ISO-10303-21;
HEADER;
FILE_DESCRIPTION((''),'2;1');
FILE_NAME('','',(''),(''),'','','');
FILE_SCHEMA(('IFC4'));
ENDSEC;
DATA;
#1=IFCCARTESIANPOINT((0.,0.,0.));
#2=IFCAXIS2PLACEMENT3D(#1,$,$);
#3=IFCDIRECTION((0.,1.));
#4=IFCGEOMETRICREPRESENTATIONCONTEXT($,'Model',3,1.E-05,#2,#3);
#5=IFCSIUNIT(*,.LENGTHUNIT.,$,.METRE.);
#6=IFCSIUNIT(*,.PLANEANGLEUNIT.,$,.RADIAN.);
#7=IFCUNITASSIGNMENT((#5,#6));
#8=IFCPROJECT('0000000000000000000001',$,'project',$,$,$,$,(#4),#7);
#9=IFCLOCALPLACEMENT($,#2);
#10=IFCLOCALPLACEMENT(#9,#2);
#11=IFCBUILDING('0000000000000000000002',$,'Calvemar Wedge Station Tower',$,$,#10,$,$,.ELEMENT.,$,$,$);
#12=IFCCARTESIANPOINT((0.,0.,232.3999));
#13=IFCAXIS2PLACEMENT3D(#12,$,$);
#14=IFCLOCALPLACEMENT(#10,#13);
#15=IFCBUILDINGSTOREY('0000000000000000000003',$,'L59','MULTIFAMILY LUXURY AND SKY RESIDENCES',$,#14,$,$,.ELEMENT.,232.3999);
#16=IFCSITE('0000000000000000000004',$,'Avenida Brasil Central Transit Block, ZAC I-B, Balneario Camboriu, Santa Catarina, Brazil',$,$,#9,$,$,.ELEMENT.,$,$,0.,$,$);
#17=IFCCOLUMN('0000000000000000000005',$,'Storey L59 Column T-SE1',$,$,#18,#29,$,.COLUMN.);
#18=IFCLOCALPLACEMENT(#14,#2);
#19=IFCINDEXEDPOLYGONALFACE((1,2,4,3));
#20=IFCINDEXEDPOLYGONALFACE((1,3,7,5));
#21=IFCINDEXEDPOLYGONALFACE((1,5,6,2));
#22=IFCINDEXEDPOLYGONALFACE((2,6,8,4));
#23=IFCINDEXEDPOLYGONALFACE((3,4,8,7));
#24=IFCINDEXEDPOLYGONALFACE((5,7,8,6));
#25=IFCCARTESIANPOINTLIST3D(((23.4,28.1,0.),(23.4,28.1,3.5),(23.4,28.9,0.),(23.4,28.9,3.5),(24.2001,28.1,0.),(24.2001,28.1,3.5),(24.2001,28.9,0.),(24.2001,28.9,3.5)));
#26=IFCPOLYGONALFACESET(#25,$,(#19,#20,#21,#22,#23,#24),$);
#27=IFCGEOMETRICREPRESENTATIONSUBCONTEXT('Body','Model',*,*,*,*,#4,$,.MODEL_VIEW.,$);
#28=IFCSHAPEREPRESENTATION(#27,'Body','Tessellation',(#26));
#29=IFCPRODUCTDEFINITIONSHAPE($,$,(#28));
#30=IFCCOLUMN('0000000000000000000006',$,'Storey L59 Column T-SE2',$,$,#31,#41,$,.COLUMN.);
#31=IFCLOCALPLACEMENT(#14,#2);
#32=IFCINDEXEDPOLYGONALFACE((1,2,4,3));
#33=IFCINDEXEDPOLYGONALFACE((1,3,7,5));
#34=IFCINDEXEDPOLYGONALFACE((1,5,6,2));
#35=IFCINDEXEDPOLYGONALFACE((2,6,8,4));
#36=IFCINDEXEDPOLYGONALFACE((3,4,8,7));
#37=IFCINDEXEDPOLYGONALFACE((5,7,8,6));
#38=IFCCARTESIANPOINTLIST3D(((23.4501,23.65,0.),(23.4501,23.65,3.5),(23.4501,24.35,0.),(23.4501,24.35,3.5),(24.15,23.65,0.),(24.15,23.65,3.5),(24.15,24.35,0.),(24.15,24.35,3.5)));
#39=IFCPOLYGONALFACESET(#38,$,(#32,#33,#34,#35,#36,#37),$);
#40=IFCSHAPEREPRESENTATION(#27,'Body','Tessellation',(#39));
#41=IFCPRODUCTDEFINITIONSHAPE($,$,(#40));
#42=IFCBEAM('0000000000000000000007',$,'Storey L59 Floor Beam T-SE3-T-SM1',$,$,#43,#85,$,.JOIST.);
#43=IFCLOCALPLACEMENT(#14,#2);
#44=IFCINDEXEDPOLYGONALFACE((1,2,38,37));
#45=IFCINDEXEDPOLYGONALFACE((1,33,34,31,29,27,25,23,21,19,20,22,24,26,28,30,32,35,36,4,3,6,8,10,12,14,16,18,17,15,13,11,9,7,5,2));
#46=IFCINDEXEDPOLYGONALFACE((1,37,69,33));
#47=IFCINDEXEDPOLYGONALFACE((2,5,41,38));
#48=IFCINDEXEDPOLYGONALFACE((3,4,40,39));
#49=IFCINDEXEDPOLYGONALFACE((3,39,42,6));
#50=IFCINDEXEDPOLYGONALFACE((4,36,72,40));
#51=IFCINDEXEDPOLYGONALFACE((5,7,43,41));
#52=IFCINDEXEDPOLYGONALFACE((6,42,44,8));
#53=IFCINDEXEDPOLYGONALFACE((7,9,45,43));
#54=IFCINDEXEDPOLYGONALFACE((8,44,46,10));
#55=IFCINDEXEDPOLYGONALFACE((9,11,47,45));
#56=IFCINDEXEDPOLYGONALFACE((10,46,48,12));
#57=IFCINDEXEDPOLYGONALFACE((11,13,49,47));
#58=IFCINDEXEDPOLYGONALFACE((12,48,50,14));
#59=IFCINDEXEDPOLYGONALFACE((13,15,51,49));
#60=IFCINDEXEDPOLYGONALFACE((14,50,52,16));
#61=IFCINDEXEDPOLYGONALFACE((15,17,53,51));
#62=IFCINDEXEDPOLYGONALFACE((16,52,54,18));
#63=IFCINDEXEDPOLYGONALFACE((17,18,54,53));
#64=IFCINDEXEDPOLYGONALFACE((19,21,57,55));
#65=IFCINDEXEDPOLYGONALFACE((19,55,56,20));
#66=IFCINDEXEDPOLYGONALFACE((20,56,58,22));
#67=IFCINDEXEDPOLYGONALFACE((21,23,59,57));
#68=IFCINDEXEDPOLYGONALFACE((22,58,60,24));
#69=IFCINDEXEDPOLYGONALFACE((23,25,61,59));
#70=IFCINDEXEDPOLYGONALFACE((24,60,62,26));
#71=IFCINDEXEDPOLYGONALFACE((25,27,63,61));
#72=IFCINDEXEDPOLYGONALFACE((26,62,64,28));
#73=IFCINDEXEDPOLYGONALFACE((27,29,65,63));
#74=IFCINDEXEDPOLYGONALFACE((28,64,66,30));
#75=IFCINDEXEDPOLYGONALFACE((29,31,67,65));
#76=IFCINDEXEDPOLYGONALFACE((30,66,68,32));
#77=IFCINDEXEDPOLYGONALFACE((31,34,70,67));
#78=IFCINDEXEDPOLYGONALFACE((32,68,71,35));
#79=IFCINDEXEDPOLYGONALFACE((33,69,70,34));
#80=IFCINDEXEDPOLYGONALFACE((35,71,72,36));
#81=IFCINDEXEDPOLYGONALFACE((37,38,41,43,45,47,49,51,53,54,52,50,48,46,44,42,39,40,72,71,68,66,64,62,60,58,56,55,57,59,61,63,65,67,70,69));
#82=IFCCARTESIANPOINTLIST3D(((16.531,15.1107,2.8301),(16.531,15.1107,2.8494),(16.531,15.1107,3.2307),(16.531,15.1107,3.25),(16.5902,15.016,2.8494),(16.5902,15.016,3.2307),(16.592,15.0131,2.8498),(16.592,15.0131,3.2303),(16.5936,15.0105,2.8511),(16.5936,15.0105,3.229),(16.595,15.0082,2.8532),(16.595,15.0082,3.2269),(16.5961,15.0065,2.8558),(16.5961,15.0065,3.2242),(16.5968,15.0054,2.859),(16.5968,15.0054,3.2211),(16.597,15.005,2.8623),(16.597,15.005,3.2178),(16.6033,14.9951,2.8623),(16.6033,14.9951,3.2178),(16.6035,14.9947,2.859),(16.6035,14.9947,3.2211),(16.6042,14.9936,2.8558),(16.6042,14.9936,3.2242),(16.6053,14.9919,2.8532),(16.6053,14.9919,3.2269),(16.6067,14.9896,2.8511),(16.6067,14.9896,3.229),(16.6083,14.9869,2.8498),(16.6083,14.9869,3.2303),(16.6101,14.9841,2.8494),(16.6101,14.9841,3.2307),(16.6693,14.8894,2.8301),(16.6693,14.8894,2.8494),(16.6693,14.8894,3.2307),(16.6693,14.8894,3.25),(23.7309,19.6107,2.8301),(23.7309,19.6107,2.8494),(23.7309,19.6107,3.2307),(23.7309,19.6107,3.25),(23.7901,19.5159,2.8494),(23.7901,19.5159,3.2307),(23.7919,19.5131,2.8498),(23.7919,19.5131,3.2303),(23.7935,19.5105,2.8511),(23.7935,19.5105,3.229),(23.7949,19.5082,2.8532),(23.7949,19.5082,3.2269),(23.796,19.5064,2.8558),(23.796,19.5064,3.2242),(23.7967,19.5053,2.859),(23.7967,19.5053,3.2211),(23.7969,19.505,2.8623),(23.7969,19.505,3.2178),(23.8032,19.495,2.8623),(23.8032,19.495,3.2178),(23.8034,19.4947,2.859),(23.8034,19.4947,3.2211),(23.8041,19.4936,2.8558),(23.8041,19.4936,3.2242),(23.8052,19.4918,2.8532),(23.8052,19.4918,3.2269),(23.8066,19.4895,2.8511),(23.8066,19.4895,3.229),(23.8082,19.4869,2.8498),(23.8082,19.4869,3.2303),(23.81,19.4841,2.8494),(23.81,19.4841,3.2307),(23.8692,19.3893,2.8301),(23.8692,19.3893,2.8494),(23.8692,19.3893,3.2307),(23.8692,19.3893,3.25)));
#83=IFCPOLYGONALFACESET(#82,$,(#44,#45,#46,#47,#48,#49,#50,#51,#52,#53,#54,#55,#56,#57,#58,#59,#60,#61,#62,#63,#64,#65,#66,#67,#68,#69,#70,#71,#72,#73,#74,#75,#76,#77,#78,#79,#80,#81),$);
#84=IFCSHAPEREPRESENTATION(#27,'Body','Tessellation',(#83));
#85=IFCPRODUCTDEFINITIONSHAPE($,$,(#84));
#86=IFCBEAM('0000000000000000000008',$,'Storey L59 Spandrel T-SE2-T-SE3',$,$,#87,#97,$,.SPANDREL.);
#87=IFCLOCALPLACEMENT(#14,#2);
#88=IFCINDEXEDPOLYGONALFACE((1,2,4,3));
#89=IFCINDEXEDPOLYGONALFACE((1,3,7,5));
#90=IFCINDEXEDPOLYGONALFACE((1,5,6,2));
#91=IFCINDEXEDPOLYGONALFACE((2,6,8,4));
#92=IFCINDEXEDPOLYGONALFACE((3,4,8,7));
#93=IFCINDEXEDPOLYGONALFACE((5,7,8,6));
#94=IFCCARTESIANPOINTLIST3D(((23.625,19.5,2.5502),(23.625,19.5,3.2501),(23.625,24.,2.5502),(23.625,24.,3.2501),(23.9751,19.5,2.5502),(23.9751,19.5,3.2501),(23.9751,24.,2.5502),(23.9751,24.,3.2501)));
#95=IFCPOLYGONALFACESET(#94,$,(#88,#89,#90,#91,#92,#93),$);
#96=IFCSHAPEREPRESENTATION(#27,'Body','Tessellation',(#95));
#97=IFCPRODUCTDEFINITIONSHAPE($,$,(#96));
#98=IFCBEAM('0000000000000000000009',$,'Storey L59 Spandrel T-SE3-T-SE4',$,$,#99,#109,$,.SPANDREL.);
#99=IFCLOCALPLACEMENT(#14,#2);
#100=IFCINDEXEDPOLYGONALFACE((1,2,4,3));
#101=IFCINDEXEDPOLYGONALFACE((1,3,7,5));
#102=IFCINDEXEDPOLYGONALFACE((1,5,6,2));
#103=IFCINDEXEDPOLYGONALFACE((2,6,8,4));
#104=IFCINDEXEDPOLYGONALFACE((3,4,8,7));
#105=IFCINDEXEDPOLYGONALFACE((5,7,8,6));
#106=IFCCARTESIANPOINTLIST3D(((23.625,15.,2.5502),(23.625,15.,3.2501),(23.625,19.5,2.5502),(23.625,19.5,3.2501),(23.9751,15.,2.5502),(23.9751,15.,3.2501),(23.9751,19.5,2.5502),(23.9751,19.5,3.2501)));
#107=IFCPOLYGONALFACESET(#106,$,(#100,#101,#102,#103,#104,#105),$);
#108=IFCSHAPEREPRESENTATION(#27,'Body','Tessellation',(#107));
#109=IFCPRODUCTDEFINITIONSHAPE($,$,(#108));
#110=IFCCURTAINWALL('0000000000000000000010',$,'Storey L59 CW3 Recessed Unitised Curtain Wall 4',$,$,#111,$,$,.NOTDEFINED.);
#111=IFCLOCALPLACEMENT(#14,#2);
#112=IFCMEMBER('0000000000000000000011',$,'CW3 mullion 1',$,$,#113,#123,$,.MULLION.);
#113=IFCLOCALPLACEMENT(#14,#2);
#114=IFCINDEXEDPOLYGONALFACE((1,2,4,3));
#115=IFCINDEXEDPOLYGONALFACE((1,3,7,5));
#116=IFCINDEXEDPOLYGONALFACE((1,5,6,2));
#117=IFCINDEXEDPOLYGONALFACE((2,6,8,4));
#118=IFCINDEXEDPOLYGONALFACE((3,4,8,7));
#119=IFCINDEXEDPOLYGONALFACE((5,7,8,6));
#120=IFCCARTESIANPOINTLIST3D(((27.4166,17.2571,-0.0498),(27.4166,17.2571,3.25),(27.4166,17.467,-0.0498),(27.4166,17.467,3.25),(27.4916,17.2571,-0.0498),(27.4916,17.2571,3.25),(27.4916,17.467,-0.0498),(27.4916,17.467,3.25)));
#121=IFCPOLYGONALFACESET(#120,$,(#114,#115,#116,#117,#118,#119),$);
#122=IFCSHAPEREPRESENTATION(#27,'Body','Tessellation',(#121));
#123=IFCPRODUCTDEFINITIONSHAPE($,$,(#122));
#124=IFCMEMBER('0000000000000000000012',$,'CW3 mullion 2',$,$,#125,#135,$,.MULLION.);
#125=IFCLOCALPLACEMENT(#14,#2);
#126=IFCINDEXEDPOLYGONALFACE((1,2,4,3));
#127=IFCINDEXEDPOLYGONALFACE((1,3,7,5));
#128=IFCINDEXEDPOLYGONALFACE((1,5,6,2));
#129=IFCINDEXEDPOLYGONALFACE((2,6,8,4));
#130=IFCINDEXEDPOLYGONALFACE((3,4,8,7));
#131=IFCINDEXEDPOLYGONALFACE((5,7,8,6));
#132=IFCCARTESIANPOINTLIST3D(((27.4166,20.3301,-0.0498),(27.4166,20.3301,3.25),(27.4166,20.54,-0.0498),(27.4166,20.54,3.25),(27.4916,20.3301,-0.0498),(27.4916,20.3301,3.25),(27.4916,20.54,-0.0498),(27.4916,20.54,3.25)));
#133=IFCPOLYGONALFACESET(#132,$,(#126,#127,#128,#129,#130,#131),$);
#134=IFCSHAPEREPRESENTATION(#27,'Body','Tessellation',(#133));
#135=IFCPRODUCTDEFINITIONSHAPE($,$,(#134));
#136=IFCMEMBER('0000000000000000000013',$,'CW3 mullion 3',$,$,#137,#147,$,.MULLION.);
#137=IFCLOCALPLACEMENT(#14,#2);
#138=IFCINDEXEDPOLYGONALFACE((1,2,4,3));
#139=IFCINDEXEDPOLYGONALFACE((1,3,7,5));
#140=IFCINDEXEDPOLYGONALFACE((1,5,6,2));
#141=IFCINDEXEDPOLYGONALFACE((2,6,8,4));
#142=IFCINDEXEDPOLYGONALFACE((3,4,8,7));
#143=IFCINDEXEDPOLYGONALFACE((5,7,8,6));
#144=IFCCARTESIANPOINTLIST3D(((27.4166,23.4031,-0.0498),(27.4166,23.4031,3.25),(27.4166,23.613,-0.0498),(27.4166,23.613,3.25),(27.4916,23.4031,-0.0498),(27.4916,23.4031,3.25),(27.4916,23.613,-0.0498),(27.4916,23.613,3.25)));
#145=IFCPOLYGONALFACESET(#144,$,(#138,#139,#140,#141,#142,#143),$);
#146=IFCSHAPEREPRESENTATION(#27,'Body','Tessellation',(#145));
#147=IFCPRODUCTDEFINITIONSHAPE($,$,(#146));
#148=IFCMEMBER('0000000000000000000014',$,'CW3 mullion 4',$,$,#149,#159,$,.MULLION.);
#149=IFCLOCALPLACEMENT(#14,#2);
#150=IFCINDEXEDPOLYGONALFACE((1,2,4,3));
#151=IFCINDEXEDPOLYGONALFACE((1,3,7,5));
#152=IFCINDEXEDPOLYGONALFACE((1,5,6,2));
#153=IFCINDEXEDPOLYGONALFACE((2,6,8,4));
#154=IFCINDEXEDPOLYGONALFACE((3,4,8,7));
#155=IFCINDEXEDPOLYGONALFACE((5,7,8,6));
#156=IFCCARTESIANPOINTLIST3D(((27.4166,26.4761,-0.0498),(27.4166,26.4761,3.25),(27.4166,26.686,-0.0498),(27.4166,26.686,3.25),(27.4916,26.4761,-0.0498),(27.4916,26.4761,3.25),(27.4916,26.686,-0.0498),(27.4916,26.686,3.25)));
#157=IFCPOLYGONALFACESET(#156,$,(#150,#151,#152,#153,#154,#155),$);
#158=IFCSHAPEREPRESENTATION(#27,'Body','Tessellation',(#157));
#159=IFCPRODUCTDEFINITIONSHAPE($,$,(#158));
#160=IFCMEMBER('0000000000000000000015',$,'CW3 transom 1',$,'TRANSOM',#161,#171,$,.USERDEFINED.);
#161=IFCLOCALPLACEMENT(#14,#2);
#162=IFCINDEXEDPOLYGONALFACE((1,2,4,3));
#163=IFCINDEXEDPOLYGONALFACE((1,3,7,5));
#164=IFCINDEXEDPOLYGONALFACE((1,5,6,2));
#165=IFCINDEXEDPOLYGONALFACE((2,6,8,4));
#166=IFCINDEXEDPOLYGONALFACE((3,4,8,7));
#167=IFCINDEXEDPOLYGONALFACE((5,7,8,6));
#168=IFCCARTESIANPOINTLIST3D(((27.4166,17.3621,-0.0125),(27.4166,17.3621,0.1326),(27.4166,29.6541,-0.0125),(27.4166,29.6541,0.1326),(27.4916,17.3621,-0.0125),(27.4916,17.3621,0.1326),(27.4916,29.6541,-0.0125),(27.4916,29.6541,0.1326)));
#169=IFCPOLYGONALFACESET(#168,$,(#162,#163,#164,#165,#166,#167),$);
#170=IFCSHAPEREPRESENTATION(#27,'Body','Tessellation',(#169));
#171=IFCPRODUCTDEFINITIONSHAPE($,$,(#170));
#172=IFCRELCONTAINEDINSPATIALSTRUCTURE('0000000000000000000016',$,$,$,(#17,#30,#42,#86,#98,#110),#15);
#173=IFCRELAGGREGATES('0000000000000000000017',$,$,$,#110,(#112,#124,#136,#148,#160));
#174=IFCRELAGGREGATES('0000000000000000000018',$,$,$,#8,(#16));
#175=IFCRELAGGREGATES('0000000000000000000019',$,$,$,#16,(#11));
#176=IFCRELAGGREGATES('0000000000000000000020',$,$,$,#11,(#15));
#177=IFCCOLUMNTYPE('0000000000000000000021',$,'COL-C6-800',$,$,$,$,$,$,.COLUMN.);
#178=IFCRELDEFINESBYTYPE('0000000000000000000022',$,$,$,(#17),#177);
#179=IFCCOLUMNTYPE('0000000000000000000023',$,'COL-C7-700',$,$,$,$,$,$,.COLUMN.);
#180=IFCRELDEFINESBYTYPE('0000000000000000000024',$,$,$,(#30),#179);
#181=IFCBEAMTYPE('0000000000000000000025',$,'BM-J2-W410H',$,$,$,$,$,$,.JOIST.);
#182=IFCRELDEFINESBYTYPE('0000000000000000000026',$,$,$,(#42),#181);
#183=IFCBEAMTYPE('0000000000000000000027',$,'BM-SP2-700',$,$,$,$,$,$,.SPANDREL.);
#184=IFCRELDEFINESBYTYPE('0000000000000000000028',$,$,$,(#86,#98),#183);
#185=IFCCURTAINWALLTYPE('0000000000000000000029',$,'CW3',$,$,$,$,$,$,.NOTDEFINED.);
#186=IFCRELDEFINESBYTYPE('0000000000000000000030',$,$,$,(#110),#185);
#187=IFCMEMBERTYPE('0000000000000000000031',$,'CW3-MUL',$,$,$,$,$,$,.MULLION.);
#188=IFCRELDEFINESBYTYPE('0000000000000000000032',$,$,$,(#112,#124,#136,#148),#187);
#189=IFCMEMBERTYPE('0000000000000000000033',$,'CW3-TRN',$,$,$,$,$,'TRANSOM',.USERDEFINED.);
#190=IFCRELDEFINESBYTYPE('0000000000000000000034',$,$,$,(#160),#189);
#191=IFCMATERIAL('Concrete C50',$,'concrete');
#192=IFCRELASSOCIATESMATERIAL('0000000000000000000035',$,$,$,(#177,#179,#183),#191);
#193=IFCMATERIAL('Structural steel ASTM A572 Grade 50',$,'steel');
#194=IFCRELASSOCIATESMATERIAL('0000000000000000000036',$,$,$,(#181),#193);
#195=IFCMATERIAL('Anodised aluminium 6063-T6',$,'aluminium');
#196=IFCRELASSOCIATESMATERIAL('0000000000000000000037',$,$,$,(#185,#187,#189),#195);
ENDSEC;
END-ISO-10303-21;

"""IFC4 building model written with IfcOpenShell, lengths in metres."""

from ifc_helpers import new_model, si_unit, direction, frame, origin, origin_2d, place, context, subcontext, project, spatial, rectangle, i_section, extrude, source, transform, mapped, material, material_profile, profile_set, type_object, element, aggregate, save


model = new_model("IFC4")

# Units and contexts
model_context = context("Model", 3, precision=1e-05, world=origin(), true_north=direction((0.0, 1.0)))
body_context = subcontext(model_context, "Body", "Model", "MODEL_VIEW")
ifc_project = project(units=[si_unit("LENGTHUNIT", "METRE"), si_unit("PLANEANGLEUNIT", "RADIAN")], contexts=[model_context])

# Site, building, storey
site_placement = place(None, origin())
site = spatial("IfcSite", under=ifc_project, at=site_placement, Name="Avenida Brasil Central Transit Block, ZAC I-B, Balneario Camboriu, Santa Catarina, Brazil", CompositionType="ELEMENT", RefElevation=0.0)
building_placement = place(site_placement, origin())
building = spatial("IfcBuilding", under=site, at=building_placement, Name="Calvemar Wedge Station Tower", CompositionType="ELEMENT")
storey_placement = place(building_placement, frame((0.0, 0.0, 232.3999)))
storey = spatial("IfcBuildingStorey", under=building, at=storey_placement, Name="L59", Description="MULTIFAMILY LUXURY AND SKY RESIDENCES", CompositionType="ELEMENT", Elevation=232.3999)

# Columns
ifc_material_1 = material(Name="Concrete C50", Category="concrete")
ifc_material_profile_1 = material_profile(ifc_material_1, rectangle(XDim=0.8, YDim=0.8, at=origin_2d()), Name="RC800x800")
ifc_profile_set_1 = profile_set([ifc_material_profile_1], Name="Concrete C50")
column_type_1 = type_object("IfcColumnType", Name="COL-C6-800", PredefinedType="COLUMN", material=ifc_profile_set_1)
shared_shape_1 = source(origin(), body_context, "Body", "SweptSolid", [
    extrude(rectangle(XDim=0.8, YDim=0.8, at=origin_2d()), origin(), (0.0, 0.0, 1.0), 3.5),
])
column_1_placement = place(storey_placement, frame((23.8, 28.5, 0.0), z_axis=(0.0, 0.0, 1.0), x_axis=(1.0, 0.0, 0.0)))
element("IfcColumn", 1, at=column_1_placement, inside=storey, type_object=column_type_1, Name="Storey L59 Column T-SE1", PredefinedType="COLUMN", context=body_context, shape_type="MappedRepresentation", body=[
    mapped(shared_shape_1, transform((0.0, 0.0, 0.0), scale=1.0)),
])
ifc_material_profile_2 = material_profile(ifc_material_1, rectangle(XDim=0.7, YDim=0.7, at=origin_2d()), Name="RC700x700")
ifc_profile_set_2 = profile_set([ifc_material_profile_2], Name="Concrete C50")
column_type_2 = type_object("IfcColumnType", Name="COL-C7-700", PredefinedType="COLUMN", material=ifc_profile_set_2)
shared_shape_2 = source(origin(), body_context, "Body", "SweptSolid", [
    extrude(rectangle(XDim=0.7, YDim=0.7, at=origin_2d()), origin(), (0.0, 0.0, 1.0), 3.5),
])
column_2_placement = place(storey_placement, frame((23.8, 24.0, 0.0), z_axis=(0.0, 0.0, 1.0), x_axis=(1.0, 0.0, 0.0)))
element("IfcColumn", 2, at=column_2_placement, inside=storey, type_object=column_type_2, Name="Storey L59 Column T-SE2", PredefinedType="COLUMN", context=body_context, shape_type="MappedRepresentation", body=[
    mapped(shared_shape_2, transform((0.0, 0.0, 0.0), scale=1.0)),
])

# Beams
ifc_material_2 = material(Name="Structural steel ASTM A572 Grade 50", Category="steel")
ifc_material_profile_3 = material_profile(ifc_material_2, i_section(OverallWidth=0.261, OverallDepth=0.4199, WebThickness=0.0117, FlangeThickness=0.0193, FilletRadius=0.0129, at=origin_2d()), Name="W410x114")
ifc_profile_set_3 = profile_set([ifc_material_profile_3], Name="Structural steel ASTM A572 Grade 50")
beam_type_1 = type_object("IfcBeamType", Name="BM-J2-W410H", PredefinedType="JOIST", material=ifc_profile_set_3)
shared_shape_3 = source(origin(), body_context, "Body", "SweptSolid", [
    extrude(i_section(OverallWidth=0.261, OverallDepth=0.4199, WebThickness=0.0117, FlangeThickness=0.0193, FilletRadius=0.0129, at=origin_2d()), origin(), (0.0, 0.0, 1.0), 8.4905),
])
beam_placement = place(storey_placement, frame((23.8, 19.5, 3.04), z_axis=(-0.847997, -0.530002, 0.0), x_axis=(0.530002, -0.847997, 0.0)))
element("IfcBeam", 3, at=beam_placement, inside=storey, type_object=beam_type_1, Name="Storey L59 Floor Beam T-SE3-T-SM1", PredefinedType="JOIST", context=body_context, shape_type="MappedRepresentation", body=[
    mapped(shared_shape_3, transform((0.0, 0.0, 0.0), scale=1.0)),
])
ifc_material_profile_4 = material_profile(ifc_material_1, rectangle(XDim=0.3501, YDim=0.7, at=origin_2d()), Name="RC350x700")
ifc_profile_set_4 = profile_set([ifc_material_profile_4], Name="Concrete C50")
beam_type_2 = type_object("IfcBeamType", Name="BM-SP2-700", PredefinedType="SPANDREL", material=ifc_profile_set_4)
shared_shape_4 = source(origin(), body_context, "Body", "SweptSolid", [
    extrude(rectangle(XDim=0.3501, YDim=0.7, at=origin_2d()), origin(), (0.0, 0.0, 1.0), 4.5),
])
for number, where, z_axis, x_axis, name in (
    (4, (23.8, 24.0, 2.9001), (0.0, -1.0, 0.0), (1.0, 0.0, 0.0), "Storey L59 Spandrel T-SE2-T-SE3"),
    (5, (23.8, 19.5, 2.9001), (0.0, -1.0, 0.0), (1.0, 0.0, 0.0), "Storey L59 Spandrel T-SE3-T-SE4"),
):
    element("IfcBeam", number, at=place(storey_placement, frame(where, z_axis=z_axis, x_axis=x_axis)), inside=storey, type_object=beam_type_2, Name=name, PredefinedType="SPANDREL", context=body_context, shape_type="MappedRepresentation", body=[
        mapped(shared_shape_4, transform((0.0, 0.0, 0.0), scale=1.0)),
    ])

# Curtain wall, members
ifc_material_3 = material(Name="Anodised aluminium 6063-T6", Category="aluminium")
curtain_wall_type = type_object("IfcCurtainWallType", Name="CW3", PredefinedType="NOTDEFINED", material=ifc_material_3)
curtain_wall_placement = place(storey_placement, origin())
curtain_wall = element("IfcCurtainWall", 6, at=curtain_wall_placement, inside=storey, type_object=curtain_wall_type, Name="Storey L59 CW3 Recessed Unitised Curtain Wall 4", PredefinedType="NOTDEFINED")
ifc_material_profile_5 = material_profile(ifc_material_3, rectangle(XDim=0.075, YDim=0.21, at=origin_2d()), Name="AL-MUL-75x210")
ifc_profile_set_5 = profile_set([ifc_material_profile_5], Name="Anodised aluminium 6063-T6")
member_type_1 = type_object("IfcMemberType", Name="CW3-MUL", PredefinedType="MULLION", material=ifc_profile_set_5)
shared_shape_5 = source(origin(), body_context, "Body", "SweptSolid", [
    extrude(rectangle(XDim=0.075, YDim=0.21, at=origin_2d()), origin(), (0.0, 0.0, 1.0), 3.2998),
])
member_1_placement = place(storey_placement, frame((27.4541, 17.3621, -0.0498), z_axis=(0.0, 0.0, 1.0), x_axis=(1.0, 0.0, 0.0)))
member_1 = element("IfcMember", 7, at=member_1_placement, type_object=member_type_1, Name="CW3 mullion 1", PredefinedType="MULLION", context=body_context, shape_type="MappedRepresentation", body=[
    mapped(shared_shape_5, transform((0.0, 0.0, 0.0), scale=1.0)),
])
member_2_placement = place(storey_placement, frame((27.4541, 20.4351, -0.0498), z_axis=(0.0, 0.0, 1.0), x_axis=(1.0, 0.0, 0.0)))
member_2 = element("IfcMember", 8, at=member_2_placement, type_object=member_type_1, Name="CW3 mullion 2", PredefinedType="MULLION", context=body_context, shape_type="MappedRepresentation", body=[
    mapped(shared_shape_5, transform((0.0, 0.0, 0.0), scale=1.0)),
])
member_3_placement = place(storey_placement, frame((27.4541, 23.5081, -0.0498), z_axis=(0.0, 0.0, 1.0), x_axis=(1.0, 0.0, 0.0)))
member_3 = element("IfcMember", 9, at=member_3_placement, type_object=member_type_1, Name="CW3 mullion 3", PredefinedType="MULLION", context=body_context, shape_type="MappedRepresentation", body=[
    mapped(shared_shape_5, transform((0.0, 0.0, 0.0), scale=1.0)),
])
member_4_placement = place(storey_placement, frame((27.4541, 26.5811, -0.0498), z_axis=(0.0, 0.0, 1.0), x_axis=(1.0, 0.0, 0.0)))
member_4 = element("IfcMember", 10, at=member_4_placement, type_object=member_type_1, Name="CW3 mullion 4", PredefinedType="MULLION", context=body_context, shape_type="MappedRepresentation", body=[
    mapped(shared_shape_5, transform((0.0, 0.0, 0.0), scale=1.0)),
])
ifc_material_profile_6 = material_profile(ifc_material_3, rectangle(XDim=0.075, YDim=0.145, at=origin_2d()), Name="AL-TRN-75x145")
ifc_profile_set_6 = profile_set([ifc_material_profile_6], Name="Anodised aluminium 6063-T6")
member_type_2 = type_object("IfcMemberType", Name="CW3-TRN", ElementType="TRANSOM", PredefinedType="USERDEFINED", material=ifc_profile_set_6)
shared_shape_6 = source(origin(), body_context, "Body", "SweptSolid", [
    extrude(rectangle(XDim=0.075, YDim=0.145, at=origin_2d()), origin(), (0.0, 0.0, 1.0), 12.292),
])
member_5_placement = place(storey_placement, frame((27.4541, 17.3621, 0.0601), z_axis=(0.0, 1.0, 0.0), x_axis=(-1.0, 0.0, 0.0)))
member_5 = element("IfcMember", 11, at=member_5_placement, type_object=member_type_2, Name="CW3 transom 1", ObjectType="TRANSOM", PredefinedType="USERDEFINED", context=body_context, shape_type="MappedRepresentation", body=[
    mapped(shared_shape_6, transform((0.0, 0.0, 0.0), scale=1.0)),
])
aggregate(curtain_wall, [member_1, member_2, member_3, member_4, member_5])

save(model, "model.ifc")
